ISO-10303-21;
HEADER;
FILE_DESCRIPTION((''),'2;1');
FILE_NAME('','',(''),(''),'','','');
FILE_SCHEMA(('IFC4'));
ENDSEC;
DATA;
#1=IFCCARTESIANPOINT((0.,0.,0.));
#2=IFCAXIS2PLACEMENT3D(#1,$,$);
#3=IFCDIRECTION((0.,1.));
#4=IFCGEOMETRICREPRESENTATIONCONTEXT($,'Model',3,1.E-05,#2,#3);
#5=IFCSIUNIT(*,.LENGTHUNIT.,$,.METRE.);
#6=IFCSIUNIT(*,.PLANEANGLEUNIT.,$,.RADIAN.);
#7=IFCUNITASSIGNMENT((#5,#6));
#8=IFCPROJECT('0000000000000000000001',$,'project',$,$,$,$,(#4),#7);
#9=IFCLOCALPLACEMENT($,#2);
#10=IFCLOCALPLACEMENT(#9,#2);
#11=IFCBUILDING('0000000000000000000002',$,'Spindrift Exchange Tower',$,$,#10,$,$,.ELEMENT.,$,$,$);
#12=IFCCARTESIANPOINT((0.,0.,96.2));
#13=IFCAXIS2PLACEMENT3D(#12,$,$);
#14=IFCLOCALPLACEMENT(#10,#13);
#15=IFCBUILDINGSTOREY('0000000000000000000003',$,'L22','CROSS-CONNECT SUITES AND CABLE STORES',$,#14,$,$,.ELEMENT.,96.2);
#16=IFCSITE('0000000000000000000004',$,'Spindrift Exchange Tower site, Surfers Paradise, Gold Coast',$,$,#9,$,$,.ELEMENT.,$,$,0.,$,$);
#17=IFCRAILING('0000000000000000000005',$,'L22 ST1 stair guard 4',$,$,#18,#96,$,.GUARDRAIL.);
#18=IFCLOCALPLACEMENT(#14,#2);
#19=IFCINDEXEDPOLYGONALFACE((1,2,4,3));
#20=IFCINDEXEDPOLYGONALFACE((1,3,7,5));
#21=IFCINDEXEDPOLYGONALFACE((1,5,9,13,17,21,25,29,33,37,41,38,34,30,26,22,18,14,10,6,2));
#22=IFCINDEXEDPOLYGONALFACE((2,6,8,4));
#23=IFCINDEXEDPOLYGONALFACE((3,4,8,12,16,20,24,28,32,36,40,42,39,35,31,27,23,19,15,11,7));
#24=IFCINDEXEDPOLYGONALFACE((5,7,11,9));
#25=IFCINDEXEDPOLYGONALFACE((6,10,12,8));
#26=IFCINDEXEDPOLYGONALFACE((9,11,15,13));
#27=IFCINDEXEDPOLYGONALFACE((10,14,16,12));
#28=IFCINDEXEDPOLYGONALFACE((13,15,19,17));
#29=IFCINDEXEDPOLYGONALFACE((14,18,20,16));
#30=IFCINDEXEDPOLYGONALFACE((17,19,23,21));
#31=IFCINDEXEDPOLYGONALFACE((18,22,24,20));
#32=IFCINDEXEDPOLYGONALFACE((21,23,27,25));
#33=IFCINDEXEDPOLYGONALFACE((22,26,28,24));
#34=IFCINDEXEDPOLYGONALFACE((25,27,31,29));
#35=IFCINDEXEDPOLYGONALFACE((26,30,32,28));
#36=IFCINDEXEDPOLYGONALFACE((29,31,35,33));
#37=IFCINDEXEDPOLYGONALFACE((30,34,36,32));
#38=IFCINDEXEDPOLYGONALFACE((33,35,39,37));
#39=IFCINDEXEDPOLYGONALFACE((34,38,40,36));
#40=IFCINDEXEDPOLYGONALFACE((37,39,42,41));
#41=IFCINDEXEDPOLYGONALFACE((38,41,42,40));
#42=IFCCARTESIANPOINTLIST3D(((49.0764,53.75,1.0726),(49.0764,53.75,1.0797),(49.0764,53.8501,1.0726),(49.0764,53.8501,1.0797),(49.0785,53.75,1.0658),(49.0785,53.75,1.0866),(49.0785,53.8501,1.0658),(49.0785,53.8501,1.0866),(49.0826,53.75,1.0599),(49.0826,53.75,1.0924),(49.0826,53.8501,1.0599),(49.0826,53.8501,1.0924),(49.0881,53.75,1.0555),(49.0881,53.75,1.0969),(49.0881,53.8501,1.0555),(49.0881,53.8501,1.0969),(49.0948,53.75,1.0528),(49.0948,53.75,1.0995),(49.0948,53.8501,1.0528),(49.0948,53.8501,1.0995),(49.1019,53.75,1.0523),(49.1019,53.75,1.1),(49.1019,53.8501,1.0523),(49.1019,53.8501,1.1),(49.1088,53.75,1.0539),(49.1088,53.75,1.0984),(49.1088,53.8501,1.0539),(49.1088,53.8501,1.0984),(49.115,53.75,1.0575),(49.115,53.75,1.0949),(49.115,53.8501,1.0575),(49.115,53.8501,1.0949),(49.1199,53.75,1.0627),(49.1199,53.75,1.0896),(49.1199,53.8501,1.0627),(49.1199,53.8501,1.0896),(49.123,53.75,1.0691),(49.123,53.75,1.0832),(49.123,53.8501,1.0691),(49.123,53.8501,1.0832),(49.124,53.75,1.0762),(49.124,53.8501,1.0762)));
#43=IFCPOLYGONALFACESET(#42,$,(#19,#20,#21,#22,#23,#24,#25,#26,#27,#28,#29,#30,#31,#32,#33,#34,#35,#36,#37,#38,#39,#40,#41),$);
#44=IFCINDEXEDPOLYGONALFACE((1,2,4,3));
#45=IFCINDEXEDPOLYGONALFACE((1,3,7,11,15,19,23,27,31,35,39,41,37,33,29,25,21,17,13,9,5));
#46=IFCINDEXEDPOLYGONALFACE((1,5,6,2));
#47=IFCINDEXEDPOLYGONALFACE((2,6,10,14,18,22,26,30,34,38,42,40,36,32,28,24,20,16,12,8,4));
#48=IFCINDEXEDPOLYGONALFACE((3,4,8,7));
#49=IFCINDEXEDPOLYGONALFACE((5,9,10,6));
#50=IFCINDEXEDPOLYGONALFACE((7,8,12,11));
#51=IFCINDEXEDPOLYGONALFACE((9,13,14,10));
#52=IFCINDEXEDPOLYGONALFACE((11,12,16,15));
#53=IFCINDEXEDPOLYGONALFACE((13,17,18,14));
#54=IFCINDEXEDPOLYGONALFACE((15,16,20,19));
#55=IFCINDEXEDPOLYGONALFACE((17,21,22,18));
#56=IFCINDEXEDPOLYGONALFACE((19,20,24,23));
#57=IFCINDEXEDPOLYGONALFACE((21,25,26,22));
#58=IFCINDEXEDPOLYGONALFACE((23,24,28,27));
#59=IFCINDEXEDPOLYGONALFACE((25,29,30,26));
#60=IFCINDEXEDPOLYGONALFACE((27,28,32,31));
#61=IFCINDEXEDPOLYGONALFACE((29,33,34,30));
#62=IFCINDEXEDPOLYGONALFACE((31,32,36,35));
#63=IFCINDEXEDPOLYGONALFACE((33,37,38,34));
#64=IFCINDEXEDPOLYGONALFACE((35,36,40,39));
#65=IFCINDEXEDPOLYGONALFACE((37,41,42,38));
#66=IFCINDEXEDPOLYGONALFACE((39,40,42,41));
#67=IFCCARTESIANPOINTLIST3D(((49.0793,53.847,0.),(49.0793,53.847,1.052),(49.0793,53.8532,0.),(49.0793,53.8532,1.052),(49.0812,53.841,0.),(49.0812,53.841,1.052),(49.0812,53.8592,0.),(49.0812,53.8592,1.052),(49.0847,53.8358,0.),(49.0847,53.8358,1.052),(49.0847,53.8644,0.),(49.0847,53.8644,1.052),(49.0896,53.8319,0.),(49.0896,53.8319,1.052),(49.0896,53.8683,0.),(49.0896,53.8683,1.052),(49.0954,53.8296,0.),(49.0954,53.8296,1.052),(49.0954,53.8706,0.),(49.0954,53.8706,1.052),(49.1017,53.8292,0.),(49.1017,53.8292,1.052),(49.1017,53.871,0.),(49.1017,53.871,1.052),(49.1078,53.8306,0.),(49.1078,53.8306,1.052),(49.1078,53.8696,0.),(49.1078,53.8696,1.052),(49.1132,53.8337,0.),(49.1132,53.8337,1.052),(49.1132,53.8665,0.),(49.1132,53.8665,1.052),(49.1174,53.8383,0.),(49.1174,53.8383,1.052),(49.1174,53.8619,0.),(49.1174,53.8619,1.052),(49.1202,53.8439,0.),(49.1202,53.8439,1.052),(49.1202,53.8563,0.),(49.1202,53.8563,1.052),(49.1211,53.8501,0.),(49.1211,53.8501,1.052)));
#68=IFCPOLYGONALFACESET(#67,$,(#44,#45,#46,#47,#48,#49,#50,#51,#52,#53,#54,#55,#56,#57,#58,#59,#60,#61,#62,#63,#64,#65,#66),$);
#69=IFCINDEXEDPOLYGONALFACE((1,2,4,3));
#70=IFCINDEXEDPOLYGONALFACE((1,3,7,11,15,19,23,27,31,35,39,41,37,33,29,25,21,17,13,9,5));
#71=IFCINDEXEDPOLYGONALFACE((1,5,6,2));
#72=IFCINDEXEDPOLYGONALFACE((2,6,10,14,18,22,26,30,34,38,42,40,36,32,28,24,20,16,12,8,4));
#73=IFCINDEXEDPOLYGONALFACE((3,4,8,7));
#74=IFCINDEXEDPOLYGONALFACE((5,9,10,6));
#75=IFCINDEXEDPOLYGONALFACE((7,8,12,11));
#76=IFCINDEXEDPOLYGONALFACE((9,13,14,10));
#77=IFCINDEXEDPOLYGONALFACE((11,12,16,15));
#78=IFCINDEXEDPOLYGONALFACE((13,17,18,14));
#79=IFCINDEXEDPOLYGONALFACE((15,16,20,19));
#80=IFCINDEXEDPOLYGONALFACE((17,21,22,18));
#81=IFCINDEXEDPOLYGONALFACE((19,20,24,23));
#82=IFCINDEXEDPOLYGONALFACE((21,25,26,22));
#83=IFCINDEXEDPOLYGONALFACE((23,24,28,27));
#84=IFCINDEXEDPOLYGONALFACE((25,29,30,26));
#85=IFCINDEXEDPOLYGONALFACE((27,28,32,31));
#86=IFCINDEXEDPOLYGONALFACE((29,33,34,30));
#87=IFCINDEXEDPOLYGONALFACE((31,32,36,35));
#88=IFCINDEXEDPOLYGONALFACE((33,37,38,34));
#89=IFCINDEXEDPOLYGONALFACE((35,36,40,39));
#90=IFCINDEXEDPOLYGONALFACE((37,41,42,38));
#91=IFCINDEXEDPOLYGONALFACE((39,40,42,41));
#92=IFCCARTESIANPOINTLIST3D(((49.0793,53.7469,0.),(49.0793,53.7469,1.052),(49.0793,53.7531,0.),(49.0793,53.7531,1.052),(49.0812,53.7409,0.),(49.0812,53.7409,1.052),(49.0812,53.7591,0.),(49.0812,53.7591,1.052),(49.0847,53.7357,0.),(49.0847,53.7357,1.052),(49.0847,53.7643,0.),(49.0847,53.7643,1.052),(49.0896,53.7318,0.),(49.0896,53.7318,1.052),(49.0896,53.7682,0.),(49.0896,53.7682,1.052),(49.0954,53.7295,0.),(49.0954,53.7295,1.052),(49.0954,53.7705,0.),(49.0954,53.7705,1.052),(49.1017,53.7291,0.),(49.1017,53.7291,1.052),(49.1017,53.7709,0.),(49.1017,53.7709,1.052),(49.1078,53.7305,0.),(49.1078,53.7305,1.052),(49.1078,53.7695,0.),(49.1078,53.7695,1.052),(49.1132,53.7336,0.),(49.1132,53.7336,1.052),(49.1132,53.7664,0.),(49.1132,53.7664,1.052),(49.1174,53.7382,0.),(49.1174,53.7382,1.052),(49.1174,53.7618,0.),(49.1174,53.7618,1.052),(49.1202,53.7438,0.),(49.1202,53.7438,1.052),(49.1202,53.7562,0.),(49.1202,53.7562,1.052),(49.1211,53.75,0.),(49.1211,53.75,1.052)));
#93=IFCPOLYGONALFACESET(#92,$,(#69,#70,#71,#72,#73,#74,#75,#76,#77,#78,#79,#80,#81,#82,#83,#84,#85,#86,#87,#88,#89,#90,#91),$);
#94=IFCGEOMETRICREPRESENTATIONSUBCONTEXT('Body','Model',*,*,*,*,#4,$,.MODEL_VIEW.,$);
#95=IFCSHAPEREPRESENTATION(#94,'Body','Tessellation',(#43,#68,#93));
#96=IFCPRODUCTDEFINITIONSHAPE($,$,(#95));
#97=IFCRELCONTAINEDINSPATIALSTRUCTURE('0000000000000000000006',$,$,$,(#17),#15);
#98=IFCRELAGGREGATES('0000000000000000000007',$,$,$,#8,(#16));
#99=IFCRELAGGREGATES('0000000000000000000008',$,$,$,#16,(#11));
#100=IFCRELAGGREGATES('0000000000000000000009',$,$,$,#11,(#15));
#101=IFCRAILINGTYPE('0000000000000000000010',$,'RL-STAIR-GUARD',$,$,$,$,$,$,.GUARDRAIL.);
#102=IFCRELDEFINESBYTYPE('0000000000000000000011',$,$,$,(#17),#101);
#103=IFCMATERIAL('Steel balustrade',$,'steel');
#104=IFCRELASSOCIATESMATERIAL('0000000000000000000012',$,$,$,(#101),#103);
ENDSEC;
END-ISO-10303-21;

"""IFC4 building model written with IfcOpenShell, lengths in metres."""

from ifc_helpers import new_model, si_unit, direction, frame, origin, origin_2d, place, context, subcontext, project, spatial, circle, extrude, material, type_object, element, save


model = new_model("IFC4")

# Units and contexts
model_context = context("Model", 3, precision=1e-05, world=origin(), true_north=direction((0.0, 1.0)))
body_context = subcontext(model_context, "Body", "Model", "MODEL_VIEW")
ifc_project = project(units=[si_unit("LENGTHUNIT", "METRE"), si_unit("PLANEANGLEUNIT", "RADIAN")], contexts=[model_context])

# Site, building, storey
site_placement = place(None, origin())
site = spatial("IfcSite", under=ifc_project, at=site_placement, Name="Spindrift Exchange Tower site, Surfers Paradise, Gold Coast", CompositionType="ELEMENT", RefElevation=0.0)
building_placement = place(site_placement, origin())
building = spatial("IfcBuilding", under=site, at=building_placement, Name="Spindrift Exchange Tower", CompositionType="ELEMENT")
storey_placement = place(building_placement, frame((0.0, 0.0, 96.2)))
storey = spatial("IfcBuildingStorey", under=building, at=storey_placement, Name="L22", Description="CROSS-CONNECT SUITES AND CABLE STORES", CompositionType="ELEMENT", Elevation=96.2)

# Railing
ifc_material_1 = material(Name="Steel balustrade", Category="steel")
railing_type_1 = type_object("IfcRailingType", Name="RL-STAIR-GUARD", PredefinedType="GUARDRAIL", material=ifc_material_1)
railing_1_placement = place(storey_placement, frame((49.1001, 53.8501, 0.0)))
element("IfcRailing", 1, at=railing_1_placement, inside=storey, type_object=railing_type_1, Name="L22 ST1 stair guard 4", PredefinedType="GUARDRAIL", context=body_context, shape_type="SweptSolid", body=[
    extrude(circle(Radius=0.0239, at=origin_2d()), frame((0.0, 0.0, 1.0762), z_axis=(0.0, -1.0, 0.0), x_axis=(1.0, 0.0, 0.0)), (0.0, 0.0, 1.0), 0.1001),
    extrude(circle(Radius=0.021, at=origin_2d()), origin(), (0.0, 0.0, 1.0), 1.052),
    extrude(circle(Radius=0.021, at=origin_2d()), frame((0.0, -0.1001, 0.0)), (0.0, 0.0, 1.0), 1.052),
])

save(model, "model.ifc")
